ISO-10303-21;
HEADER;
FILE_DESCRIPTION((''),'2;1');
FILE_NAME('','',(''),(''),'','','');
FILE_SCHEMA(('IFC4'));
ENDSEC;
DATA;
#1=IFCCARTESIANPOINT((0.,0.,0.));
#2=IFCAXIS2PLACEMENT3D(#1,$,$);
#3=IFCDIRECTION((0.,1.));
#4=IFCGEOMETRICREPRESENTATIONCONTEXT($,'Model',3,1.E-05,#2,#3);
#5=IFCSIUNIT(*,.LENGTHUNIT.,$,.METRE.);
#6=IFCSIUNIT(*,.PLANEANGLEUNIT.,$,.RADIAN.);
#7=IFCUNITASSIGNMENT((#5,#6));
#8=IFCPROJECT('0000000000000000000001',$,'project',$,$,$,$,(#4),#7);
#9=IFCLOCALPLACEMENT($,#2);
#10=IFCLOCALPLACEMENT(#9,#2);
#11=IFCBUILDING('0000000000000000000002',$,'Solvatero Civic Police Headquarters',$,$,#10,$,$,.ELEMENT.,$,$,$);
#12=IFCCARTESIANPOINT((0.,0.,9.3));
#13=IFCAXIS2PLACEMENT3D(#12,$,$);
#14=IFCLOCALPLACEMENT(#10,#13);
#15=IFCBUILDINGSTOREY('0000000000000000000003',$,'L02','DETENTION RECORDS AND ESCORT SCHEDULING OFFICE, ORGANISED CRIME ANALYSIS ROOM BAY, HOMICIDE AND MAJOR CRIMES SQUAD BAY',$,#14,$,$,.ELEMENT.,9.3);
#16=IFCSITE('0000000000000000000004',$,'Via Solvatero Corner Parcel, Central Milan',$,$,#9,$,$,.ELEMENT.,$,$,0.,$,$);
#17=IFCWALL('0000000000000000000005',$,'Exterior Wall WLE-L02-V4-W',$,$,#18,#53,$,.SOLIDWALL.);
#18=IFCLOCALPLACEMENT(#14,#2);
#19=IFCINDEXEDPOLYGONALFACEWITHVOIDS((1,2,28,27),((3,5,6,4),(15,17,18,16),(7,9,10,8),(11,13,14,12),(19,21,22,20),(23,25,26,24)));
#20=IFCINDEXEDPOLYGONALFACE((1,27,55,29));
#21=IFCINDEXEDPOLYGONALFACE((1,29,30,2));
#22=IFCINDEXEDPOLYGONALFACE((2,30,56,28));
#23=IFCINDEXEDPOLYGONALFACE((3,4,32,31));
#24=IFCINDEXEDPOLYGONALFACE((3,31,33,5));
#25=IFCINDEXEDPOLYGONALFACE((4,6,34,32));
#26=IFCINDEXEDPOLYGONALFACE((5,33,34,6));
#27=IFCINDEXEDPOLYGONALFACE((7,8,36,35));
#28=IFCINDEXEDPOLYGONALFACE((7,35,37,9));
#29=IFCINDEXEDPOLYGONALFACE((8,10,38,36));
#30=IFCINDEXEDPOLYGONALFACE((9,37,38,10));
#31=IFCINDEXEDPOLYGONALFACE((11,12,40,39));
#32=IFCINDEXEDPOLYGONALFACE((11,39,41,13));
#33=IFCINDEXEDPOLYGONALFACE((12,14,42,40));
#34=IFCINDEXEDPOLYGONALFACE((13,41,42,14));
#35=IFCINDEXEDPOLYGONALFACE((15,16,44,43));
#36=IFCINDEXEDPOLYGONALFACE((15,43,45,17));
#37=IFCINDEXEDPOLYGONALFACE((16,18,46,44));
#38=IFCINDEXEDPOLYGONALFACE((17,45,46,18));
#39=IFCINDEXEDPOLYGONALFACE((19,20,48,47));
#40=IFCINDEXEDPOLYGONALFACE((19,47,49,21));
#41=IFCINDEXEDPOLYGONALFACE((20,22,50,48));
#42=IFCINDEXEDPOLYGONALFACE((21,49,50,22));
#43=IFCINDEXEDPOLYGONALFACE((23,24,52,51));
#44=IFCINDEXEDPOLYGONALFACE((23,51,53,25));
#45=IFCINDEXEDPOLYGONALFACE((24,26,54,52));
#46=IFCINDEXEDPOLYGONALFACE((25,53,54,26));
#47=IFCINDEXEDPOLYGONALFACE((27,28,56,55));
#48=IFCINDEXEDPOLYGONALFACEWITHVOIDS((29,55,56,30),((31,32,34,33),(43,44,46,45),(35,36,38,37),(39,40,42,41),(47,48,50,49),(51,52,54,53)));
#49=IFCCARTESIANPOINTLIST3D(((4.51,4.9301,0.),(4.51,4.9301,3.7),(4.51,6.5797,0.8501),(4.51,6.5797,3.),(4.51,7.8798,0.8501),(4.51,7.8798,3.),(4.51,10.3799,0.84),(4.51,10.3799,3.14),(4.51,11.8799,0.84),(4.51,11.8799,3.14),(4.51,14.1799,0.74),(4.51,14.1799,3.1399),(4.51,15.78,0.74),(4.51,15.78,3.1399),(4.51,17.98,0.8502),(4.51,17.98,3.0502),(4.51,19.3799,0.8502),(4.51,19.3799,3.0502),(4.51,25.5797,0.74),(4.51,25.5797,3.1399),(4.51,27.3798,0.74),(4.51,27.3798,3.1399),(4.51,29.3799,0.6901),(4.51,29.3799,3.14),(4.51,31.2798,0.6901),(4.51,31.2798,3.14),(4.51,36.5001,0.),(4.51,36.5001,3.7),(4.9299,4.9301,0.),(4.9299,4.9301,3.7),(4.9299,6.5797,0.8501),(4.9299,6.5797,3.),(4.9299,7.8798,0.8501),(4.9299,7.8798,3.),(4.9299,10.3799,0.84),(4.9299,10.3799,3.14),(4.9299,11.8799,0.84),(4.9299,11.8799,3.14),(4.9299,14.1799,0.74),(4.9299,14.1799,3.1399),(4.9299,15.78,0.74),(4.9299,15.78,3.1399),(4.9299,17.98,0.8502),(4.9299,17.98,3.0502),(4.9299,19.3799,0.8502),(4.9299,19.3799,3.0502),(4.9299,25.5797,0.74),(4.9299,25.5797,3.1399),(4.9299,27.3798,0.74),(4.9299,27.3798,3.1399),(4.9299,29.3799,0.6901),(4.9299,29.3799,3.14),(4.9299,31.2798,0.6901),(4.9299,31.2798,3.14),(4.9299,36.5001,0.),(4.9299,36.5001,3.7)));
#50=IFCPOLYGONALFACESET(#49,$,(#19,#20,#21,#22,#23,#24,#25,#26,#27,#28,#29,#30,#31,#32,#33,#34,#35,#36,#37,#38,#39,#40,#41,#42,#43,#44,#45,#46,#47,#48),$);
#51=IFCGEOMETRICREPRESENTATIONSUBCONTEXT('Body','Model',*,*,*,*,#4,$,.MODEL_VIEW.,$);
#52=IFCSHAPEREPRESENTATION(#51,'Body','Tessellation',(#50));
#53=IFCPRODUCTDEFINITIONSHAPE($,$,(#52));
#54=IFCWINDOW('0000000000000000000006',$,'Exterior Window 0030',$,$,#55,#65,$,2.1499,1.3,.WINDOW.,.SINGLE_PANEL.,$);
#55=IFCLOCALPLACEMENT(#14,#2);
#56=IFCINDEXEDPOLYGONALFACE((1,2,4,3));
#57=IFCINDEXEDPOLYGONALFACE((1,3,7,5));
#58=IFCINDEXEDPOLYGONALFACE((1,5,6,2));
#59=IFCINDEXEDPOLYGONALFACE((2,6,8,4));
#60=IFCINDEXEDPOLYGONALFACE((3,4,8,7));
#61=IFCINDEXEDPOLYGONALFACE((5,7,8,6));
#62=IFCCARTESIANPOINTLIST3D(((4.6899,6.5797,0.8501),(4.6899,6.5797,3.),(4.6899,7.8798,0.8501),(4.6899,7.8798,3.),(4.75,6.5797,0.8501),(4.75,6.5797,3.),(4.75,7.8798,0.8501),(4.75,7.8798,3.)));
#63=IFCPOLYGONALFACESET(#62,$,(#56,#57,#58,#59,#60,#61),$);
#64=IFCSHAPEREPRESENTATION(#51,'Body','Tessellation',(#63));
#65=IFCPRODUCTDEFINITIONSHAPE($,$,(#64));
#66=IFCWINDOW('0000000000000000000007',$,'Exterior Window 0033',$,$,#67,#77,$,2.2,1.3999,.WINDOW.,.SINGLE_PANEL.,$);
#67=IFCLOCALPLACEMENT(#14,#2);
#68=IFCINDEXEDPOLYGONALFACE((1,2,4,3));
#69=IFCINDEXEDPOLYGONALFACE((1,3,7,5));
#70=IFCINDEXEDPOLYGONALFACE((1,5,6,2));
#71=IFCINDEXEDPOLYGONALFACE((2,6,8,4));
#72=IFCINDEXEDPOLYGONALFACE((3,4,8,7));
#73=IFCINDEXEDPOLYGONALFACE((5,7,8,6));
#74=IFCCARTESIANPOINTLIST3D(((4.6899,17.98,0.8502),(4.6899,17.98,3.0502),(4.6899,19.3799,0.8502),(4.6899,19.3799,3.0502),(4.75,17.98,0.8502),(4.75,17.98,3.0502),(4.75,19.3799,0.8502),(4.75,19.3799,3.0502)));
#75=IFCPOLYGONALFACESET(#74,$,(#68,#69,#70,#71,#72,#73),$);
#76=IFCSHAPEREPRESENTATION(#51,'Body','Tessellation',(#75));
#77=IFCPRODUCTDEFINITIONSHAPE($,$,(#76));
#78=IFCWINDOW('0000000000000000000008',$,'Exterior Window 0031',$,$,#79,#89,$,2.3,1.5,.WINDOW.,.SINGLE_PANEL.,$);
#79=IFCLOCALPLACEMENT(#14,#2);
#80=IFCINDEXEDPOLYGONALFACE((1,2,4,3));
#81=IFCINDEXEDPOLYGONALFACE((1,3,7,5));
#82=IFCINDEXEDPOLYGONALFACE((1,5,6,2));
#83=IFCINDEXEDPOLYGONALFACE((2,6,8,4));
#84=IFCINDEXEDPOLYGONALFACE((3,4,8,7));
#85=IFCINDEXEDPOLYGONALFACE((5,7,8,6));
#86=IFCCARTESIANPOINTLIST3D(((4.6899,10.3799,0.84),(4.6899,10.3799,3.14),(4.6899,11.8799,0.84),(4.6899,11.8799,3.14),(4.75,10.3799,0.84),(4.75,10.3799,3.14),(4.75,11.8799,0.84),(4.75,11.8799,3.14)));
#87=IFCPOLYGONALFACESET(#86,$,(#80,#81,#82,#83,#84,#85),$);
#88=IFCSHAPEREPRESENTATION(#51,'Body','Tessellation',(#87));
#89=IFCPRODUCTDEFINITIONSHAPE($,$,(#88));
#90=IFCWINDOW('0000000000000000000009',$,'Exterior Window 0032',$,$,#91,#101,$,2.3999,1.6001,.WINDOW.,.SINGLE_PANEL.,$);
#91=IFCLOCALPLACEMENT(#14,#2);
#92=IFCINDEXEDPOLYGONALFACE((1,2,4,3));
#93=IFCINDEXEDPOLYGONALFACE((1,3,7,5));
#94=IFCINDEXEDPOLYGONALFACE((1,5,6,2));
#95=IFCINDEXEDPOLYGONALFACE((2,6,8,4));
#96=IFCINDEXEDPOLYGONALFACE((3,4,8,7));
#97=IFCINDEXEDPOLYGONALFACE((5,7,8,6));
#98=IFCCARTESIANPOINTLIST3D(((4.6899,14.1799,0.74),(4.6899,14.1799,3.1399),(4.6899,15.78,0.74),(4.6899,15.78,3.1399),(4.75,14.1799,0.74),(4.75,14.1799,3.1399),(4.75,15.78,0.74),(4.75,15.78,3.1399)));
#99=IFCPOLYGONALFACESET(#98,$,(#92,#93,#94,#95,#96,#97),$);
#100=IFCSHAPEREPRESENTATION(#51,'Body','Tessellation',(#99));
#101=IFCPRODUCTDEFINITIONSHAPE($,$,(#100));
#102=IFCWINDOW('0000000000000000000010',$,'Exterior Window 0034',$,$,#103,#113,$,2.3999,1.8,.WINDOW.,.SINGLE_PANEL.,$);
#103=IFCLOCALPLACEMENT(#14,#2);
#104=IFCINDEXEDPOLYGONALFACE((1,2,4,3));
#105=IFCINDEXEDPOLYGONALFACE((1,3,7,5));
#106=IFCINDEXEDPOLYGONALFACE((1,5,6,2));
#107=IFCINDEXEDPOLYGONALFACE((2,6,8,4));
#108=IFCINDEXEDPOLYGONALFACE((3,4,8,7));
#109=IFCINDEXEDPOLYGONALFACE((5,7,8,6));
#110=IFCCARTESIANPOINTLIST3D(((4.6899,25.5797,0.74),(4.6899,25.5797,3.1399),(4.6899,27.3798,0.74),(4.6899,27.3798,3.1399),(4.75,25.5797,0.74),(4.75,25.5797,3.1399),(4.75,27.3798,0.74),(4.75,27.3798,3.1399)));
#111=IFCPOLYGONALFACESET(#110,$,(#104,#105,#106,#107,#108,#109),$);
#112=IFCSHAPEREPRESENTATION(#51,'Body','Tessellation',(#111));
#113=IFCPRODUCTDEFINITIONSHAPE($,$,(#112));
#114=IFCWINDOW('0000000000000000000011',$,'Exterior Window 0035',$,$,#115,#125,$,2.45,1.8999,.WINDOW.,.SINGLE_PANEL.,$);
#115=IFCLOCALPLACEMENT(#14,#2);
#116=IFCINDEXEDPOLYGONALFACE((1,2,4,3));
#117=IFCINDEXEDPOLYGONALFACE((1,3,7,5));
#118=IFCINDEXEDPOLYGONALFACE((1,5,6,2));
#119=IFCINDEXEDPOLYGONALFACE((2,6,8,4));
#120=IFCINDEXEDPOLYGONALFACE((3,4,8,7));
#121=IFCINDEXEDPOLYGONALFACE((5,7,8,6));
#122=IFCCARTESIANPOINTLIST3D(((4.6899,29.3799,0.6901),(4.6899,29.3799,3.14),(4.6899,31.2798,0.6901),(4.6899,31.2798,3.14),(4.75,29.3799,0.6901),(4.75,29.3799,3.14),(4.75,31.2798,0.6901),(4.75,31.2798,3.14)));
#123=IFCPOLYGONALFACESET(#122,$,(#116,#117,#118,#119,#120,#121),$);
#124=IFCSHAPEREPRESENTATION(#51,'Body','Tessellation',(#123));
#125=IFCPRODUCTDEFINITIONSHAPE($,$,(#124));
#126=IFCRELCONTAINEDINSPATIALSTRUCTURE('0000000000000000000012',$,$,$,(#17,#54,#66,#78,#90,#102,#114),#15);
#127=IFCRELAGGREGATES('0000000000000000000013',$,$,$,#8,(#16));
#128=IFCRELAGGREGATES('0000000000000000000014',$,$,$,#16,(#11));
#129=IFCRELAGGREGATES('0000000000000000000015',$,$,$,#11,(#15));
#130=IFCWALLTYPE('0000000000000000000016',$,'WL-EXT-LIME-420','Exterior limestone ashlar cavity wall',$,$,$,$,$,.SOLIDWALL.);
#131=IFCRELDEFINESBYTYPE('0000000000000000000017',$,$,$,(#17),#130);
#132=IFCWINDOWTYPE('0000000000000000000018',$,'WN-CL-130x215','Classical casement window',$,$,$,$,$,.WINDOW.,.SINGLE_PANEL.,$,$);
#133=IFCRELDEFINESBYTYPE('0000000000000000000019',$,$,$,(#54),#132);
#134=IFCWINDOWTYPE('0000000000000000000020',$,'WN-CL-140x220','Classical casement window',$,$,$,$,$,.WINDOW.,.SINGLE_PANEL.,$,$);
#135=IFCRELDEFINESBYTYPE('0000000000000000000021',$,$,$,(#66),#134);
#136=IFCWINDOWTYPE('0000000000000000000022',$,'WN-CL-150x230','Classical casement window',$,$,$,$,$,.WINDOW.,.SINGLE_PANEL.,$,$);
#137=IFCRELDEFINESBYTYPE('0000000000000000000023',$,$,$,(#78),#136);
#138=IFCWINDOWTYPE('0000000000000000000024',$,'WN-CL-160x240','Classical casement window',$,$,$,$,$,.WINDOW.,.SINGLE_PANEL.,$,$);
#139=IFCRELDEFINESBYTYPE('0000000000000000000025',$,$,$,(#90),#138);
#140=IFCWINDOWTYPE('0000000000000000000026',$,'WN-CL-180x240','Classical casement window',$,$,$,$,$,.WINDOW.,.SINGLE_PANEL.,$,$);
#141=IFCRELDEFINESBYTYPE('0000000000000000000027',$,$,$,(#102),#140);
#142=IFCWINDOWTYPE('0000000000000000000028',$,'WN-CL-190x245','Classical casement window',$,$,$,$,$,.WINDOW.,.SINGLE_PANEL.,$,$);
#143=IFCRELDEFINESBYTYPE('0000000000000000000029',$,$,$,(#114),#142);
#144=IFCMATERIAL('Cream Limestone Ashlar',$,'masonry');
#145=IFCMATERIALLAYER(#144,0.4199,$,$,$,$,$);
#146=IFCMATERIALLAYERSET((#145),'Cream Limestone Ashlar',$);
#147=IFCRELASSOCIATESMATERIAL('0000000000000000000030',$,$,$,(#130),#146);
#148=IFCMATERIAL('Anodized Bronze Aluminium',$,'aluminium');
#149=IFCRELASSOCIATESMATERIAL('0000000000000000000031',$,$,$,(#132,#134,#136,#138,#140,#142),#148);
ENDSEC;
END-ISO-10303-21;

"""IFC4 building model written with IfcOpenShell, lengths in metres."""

from ifc_helpers import new_model, si_unit, direction, frame, frame_2d, origin, place, context, subcontext, project, spatial, rectangle, extrude, material, layer, layer_set, type_object, element, fill, save


model = new_model("IFC4")

# Units and contexts
model_context = context("Model", 3, precision=1e-05, world=origin(), true_north=direction((0.0, 1.0)))
body_context = subcontext(model_context, "Body", "Model", "MODEL_VIEW")
ifc_project = project(units=[si_unit("LENGTHUNIT", "METRE"), si_unit("PLANEANGLEUNIT", "RADIAN")], contexts=[model_context])

# Site, building, storey
site_placement = place(None, origin())
site = spatial("IfcSite", under=ifc_project, at=site_placement, Name="Via Solvatero Corner Parcel, Central Milan", CompositionType="ELEMENT", RefElevation=0.0)
building_placement = place(site_placement, origin())
building = spatial("IfcBuilding", under=site, at=building_placement, Name="Solvatero Civic Police Headquarters", CompositionType="ELEMENT")
storey_placement = place(building_placement, frame((0.0, 0.0, 9.3)))
storey = spatial("IfcBuildingStorey", under=building, at=storey_placement, Name="L02", Description="DETENTION RECORDS AND ESCORT SCHEDULING OFFICE, ORGANISED CRIME ANALYSIS ROOM BAY, HOMICIDE AND MAJOR CRIMES SQUAD BAY", CompositionType="ELEMENT", Elevation=9.3)

# Wall, openings, windows
ifc_material_1 = material(Name="Cream Limestone Ashlar", Category="masonry")
ifc_layer = layer(ifc_material_1, 0.4199)
ifc_layer_set = layer_set([ifc_layer], Name="Cream Limestone Ashlar")
wall_type = type_object("IfcWallType", Name="WL-EXT-LIME-420", Description="Exterior limestone ashlar cavity wall", PredefinedType="SOLIDWALL", material=ifc_layer_set)
wall_placement = place(storey_placement, frame((4.72, 4.9299, 0.0), z_axis=(0.0, 0.0, 1.0), x_axis=(0.0, 1.0, 0.0)))
wall = element("IfcWall", 1, at=wall_placement, inside=storey, type_object=wall_type, Name="Exterior Wall WLE-L02-V4-W", PredefinedType="SOLIDWALL", context=body_context, shape_type="SweptSolid", body=[
    extrude(rectangle(XDim=31.5701, YDim=0.4199, at=frame_2d((15.7852, 0.0))), origin(), (0.0, 0.0, 1.0), 3.7),
])
opening_1_placement = place(wall_placement, frame((1.6499, 0.0, 0.8501)))
opening_1 = element("IfcOpeningElement", 2, at=opening_1_placement, cuts=wall, PredefinedType="OPENING", context=body_context, shape_type="SweptSolid", body=[
    extrude(rectangle(XDim=1.3, YDim=2.1499, at=frame_2d((0.6499, 1.075))), frame((0.0, 0.22, 0.0), z_axis=(0.0, -1.0, 0.0), x_axis=(1.0, 0.0, 0.0)), (0.0, 0.0, 1.0), 0.4399),
])
opening_2_placement = place(wall_placement, frame((5.45, 0.0, 0.8401)))
opening_2 = element("IfcOpeningElement", 3, at=opening_2_placement, cuts=wall, PredefinedType="OPENING", context=body_context, shape_type="SweptSolid", body=[
    extrude(rectangle(XDim=1.5, YDim=2.3, at=frame_2d((0.75, 1.1499))), frame((0.0, 0.22, 0.0), z_axis=(0.0, -1.0, 0.0), x_axis=(1.0, 0.0, 0.0)), (0.0, 0.0, 1.0), 0.4399),
])
opening_3_placement = place(wall_placement, frame((9.25, 0.0, 0.74)))
opening_3 = element("IfcOpeningElement", 4, at=opening_3_placement, cuts=wall, PredefinedType="OPENING", context=body_context, shape_type="SweptSolid", body=[
    extrude(rectangle(XDim=1.6001, YDim=2.3999, at=frame_2d((0.8, 1.2))), frame((0.0, 0.22, 0.0), z_axis=(0.0, -1.0, 0.0), x_axis=(1.0, 0.0, 0.0)), (0.0, 0.0, 1.0), 0.4399),
])
opening_4_placement = place(wall_placement, frame((13.05, 0.0, 0.8501)))
opening_4 = element("IfcOpeningElement", 5, at=opening_4_placement, cuts=wall, PredefinedType="OPENING", context=body_context, shape_type="SweptSolid", body=[
    extrude(rectangle(XDim=1.3999, YDim=2.2, at=frame_2d((0.7, 1.1001))), frame((0.0, 0.22, 0.0), z_axis=(0.0, -1.0, 0.0), x_axis=(1.0, 0.0, 0.0)), (0.0, 0.0, 1.0), 0.4399),
])
opening_5_placement = place(wall_placement, frame((20.6499, 0.0, 0.74)))
opening_5 = element("IfcOpeningElement", 6, at=opening_5_placement, cuts=wall, PredefinedType="OPENING", context=body_context, shape_type="SweptSolid", body=[
    extrude(rectangle(XDim=1.8, YDim=2.3999, at=frame_2d((0.8999, 1.2))), frame((0.0, 0.22, 0.0), z_axis=(0.0, -1.0, 0.0), x_axis=(1.0, 0.0, 0.0)), (0.0, 0.0, 1.0), 0.4399),
])
opening_6_placement = place(wall_placement, frame((24.45, 0.0, 0.6899)))
opening_6 = element("IfcOpeningElement", 7, at=opening_6_placement, cuts=wall, PredefinedType="OPENING", context=body_context, shape_type="SweptSolid", body=[
    extrude(rectangle(XDim=1.8999, YDim=2.45, at=frame_2d((0.95, 1.2251))), frame((0.0, 0.22, 0.0), z_axis=(0.0, -1.0, 0.0), x_axis=(1.0, 0.0, 0.0)), (0.0, 0.0, 1.0), 0.4399),
])
ifc_material_2 = material(Name="Anodized Bronze Aluminium", Category="aluminium")
window_type_1 = type_object("IfcWindowType", Name="WN-CL-130x215", Description="Classical casement window", PartitioningType="SINGLE_PANEL", PredefinedType="WINDOW", material=ifc_material_2)
window_1_placement = place(opening_1_placement, origin())
window_1 = element("IfcWindow", 8, at=window_1_placement, inside=storey, type_object=window_type_1, Name="Exterior Window 0030", OverallHeight=2.1499, OverallWidth=1.3, PartitioningType="SINGLE_PANEL", PredefinedType="WINDOW", context=body_context, shape_type="SweptSolid", body=[
    extrude(rectangle(XDim=1.3, YDim=2.1499, at=frame_2d((0.6499, 1.075))), frame((0.0, 0.03, 0.0), z_axis=(0.0, -1.0, 0.0), x_axis=(1.0, 0.0, 0.0)), (0.0, 0.0, 1.0), 0.0601),
])
fill(opening_1, window_1)
window_type_2 = type_object("IfcWindowType", Name="WN-CL-140x220", Description="Classical casement window", PartitioningType="SINGLE_PANEL", PredefinedType="WINDOW", material=ifc_material_2)
window_2_placement = place(opening_4_placement, origin())
window_2 = element("IfcWindow", 9, at=window_2_placement, inside=storey, type_object=window_type_2, Name="Exterior Window 0033", OverallHeight=2.2, OverallWidth=1.3999, PartitioningType="SINGLE_PANEL", PredefinedType="WINDOW", context=body_context, shape_type="SweptSolid", body=[
    extrude(rectangle(XDim=1.3999, YDim=2.2, at=frame_2d((0.7, 1.1001))), frame((0.0, 0.03, 0.0), z_axis=(0.0, -1.0, 0.0), x_axis=(1.0, 0.0, 0.0)), (0.0, 0.0, 1.0), 0.0601),
])
fill(opening_4, window_2)
window_type_3 = type_object("IfcWindowType", Name="WN-CL-150x230", Description="Classical casement window", PartitioningType="SINGLE_PANEL", PredefinedType="WINDOW", material=ifc_material_2)
window_3_placement = place(opening_2_placement, origin())
window_3 = element("IfcWindow", 10, at=window_3_placement, inside=storey, type_object=window_type_3, Name="Exterior Window 0031", OverallHeight=2.3, OverallWidth=1.5, PartitioningType="SINGLE_PANEL", PredefinedType="WINDOW", context=body_context, shape_type="SweptSolid", body=[
    extrude(rectangle(XDim=1.5, YDim=2.3, at=frame_2d((0.75, 1.1499))), frame((0.0, 0.03, 0.0), z_axis=(0.0, -1.0, 0.0), x_axis=(1.0, 0.0, 0.0)), (0.0, 0.0, 1.0), 0.0601),
])
fill(opening_2, window_3)
window_type_4 = type_object("IfcWindowType", Name="WN-CL-160x240", Description="Classical casement window", PartitioningType="SINGLE_PANEL", PredefinedType="WINDOW", material=ifc_material_2)
window_4_placement = place(opening_3_placement, origin())
window_4 = element("IfcWindow", 11, at=window_4_placement, inside=storey, type_object=window_type_4, Name="Exterior Window 0032", OverallHeight=2.3999, OverallWidth=1.6001, PartitioningType="SINGLE_PANEL", PredefinedType="WINDOW", context=body_context, shape_type="SweptSolid", body=[
    extrude(rectangle(XDim=1.6001, YDim=2.3999, at=frame_2d((0.8, 1.2))), frame((0.0, 0.03, 0.0), z_axis=(0.0, -1.0, 0.0), x_axis=(1.0, 0.0, 0.0)), (0.0, 0.0, 1.0), 0.0601),
])
fill(opening_3, window_4)
window_type_5 = type_object("IfcWindowType", Name="WN-CL-180x240", Description="Classical casement window", PartitioningType="SINGLE_PANEL", PredefinedType="WINDOW", material=ifc_material_2)
window_5_placement = place(opening_5_placement, origin())
window_5 = element("IfcWindow", 12, at=window_5_placement, inside=storey, type_object=window_type_5, Name="Exterior Window 0034", OverallHeight=2.3999, OverallWidth=1.8, PartitioningType="SINGLE_PANEL", PredefinedType="WINDOW", context=body_context, shape_type="SweptSolid", body=[
    extrude(rectangle(XDim=1.8, YDim=2.3999, at=frame_2d((0.8999, 1.2))), frame((0.0, 0.03, 0.0), z_axis=(0.0, -1.0, 0.0), x_axis=(1.0, 0.0, 0.0)), (0.0, 0.0, 1.0), 0.0601),
])
fill(opening_5, window_5)
window_type_6 = type_object("IfcWindowType", Name="WN-CL-190x245", Description="Classical casement window", PartitioningType="SINGLE_PANEL", PredefinedType="WINDOW", material=ifc_material_2)
window_6_placement = place(opening_6_placement, origin())
window_6 = element("IfcWindow", 13, at=window_6_placement, inside=storey, type_object=window_type_6, Name="Exterior Window 0035", OverallHeight=2.45, OverallWidth=1.8999, PartitioningType="SINGLE_PANEL", PredefinedType="WINDOW", context=body_context, shape_type="SweptSolid", body=[
    extrude(rectangle(XDim=1.8999, YDim=2.45, at=frame_2d((0.95, 1.2251))), frame((0.0, 0.03, 0.0), z_axis=(0.0, -1.0, 0.0), x_axis=(1.0, 0.0, 0.0)), (0.0, 0.0, 1.0), 0.0601),
])
fill(opening_6, window_6)

save(model, "model.ifc")
